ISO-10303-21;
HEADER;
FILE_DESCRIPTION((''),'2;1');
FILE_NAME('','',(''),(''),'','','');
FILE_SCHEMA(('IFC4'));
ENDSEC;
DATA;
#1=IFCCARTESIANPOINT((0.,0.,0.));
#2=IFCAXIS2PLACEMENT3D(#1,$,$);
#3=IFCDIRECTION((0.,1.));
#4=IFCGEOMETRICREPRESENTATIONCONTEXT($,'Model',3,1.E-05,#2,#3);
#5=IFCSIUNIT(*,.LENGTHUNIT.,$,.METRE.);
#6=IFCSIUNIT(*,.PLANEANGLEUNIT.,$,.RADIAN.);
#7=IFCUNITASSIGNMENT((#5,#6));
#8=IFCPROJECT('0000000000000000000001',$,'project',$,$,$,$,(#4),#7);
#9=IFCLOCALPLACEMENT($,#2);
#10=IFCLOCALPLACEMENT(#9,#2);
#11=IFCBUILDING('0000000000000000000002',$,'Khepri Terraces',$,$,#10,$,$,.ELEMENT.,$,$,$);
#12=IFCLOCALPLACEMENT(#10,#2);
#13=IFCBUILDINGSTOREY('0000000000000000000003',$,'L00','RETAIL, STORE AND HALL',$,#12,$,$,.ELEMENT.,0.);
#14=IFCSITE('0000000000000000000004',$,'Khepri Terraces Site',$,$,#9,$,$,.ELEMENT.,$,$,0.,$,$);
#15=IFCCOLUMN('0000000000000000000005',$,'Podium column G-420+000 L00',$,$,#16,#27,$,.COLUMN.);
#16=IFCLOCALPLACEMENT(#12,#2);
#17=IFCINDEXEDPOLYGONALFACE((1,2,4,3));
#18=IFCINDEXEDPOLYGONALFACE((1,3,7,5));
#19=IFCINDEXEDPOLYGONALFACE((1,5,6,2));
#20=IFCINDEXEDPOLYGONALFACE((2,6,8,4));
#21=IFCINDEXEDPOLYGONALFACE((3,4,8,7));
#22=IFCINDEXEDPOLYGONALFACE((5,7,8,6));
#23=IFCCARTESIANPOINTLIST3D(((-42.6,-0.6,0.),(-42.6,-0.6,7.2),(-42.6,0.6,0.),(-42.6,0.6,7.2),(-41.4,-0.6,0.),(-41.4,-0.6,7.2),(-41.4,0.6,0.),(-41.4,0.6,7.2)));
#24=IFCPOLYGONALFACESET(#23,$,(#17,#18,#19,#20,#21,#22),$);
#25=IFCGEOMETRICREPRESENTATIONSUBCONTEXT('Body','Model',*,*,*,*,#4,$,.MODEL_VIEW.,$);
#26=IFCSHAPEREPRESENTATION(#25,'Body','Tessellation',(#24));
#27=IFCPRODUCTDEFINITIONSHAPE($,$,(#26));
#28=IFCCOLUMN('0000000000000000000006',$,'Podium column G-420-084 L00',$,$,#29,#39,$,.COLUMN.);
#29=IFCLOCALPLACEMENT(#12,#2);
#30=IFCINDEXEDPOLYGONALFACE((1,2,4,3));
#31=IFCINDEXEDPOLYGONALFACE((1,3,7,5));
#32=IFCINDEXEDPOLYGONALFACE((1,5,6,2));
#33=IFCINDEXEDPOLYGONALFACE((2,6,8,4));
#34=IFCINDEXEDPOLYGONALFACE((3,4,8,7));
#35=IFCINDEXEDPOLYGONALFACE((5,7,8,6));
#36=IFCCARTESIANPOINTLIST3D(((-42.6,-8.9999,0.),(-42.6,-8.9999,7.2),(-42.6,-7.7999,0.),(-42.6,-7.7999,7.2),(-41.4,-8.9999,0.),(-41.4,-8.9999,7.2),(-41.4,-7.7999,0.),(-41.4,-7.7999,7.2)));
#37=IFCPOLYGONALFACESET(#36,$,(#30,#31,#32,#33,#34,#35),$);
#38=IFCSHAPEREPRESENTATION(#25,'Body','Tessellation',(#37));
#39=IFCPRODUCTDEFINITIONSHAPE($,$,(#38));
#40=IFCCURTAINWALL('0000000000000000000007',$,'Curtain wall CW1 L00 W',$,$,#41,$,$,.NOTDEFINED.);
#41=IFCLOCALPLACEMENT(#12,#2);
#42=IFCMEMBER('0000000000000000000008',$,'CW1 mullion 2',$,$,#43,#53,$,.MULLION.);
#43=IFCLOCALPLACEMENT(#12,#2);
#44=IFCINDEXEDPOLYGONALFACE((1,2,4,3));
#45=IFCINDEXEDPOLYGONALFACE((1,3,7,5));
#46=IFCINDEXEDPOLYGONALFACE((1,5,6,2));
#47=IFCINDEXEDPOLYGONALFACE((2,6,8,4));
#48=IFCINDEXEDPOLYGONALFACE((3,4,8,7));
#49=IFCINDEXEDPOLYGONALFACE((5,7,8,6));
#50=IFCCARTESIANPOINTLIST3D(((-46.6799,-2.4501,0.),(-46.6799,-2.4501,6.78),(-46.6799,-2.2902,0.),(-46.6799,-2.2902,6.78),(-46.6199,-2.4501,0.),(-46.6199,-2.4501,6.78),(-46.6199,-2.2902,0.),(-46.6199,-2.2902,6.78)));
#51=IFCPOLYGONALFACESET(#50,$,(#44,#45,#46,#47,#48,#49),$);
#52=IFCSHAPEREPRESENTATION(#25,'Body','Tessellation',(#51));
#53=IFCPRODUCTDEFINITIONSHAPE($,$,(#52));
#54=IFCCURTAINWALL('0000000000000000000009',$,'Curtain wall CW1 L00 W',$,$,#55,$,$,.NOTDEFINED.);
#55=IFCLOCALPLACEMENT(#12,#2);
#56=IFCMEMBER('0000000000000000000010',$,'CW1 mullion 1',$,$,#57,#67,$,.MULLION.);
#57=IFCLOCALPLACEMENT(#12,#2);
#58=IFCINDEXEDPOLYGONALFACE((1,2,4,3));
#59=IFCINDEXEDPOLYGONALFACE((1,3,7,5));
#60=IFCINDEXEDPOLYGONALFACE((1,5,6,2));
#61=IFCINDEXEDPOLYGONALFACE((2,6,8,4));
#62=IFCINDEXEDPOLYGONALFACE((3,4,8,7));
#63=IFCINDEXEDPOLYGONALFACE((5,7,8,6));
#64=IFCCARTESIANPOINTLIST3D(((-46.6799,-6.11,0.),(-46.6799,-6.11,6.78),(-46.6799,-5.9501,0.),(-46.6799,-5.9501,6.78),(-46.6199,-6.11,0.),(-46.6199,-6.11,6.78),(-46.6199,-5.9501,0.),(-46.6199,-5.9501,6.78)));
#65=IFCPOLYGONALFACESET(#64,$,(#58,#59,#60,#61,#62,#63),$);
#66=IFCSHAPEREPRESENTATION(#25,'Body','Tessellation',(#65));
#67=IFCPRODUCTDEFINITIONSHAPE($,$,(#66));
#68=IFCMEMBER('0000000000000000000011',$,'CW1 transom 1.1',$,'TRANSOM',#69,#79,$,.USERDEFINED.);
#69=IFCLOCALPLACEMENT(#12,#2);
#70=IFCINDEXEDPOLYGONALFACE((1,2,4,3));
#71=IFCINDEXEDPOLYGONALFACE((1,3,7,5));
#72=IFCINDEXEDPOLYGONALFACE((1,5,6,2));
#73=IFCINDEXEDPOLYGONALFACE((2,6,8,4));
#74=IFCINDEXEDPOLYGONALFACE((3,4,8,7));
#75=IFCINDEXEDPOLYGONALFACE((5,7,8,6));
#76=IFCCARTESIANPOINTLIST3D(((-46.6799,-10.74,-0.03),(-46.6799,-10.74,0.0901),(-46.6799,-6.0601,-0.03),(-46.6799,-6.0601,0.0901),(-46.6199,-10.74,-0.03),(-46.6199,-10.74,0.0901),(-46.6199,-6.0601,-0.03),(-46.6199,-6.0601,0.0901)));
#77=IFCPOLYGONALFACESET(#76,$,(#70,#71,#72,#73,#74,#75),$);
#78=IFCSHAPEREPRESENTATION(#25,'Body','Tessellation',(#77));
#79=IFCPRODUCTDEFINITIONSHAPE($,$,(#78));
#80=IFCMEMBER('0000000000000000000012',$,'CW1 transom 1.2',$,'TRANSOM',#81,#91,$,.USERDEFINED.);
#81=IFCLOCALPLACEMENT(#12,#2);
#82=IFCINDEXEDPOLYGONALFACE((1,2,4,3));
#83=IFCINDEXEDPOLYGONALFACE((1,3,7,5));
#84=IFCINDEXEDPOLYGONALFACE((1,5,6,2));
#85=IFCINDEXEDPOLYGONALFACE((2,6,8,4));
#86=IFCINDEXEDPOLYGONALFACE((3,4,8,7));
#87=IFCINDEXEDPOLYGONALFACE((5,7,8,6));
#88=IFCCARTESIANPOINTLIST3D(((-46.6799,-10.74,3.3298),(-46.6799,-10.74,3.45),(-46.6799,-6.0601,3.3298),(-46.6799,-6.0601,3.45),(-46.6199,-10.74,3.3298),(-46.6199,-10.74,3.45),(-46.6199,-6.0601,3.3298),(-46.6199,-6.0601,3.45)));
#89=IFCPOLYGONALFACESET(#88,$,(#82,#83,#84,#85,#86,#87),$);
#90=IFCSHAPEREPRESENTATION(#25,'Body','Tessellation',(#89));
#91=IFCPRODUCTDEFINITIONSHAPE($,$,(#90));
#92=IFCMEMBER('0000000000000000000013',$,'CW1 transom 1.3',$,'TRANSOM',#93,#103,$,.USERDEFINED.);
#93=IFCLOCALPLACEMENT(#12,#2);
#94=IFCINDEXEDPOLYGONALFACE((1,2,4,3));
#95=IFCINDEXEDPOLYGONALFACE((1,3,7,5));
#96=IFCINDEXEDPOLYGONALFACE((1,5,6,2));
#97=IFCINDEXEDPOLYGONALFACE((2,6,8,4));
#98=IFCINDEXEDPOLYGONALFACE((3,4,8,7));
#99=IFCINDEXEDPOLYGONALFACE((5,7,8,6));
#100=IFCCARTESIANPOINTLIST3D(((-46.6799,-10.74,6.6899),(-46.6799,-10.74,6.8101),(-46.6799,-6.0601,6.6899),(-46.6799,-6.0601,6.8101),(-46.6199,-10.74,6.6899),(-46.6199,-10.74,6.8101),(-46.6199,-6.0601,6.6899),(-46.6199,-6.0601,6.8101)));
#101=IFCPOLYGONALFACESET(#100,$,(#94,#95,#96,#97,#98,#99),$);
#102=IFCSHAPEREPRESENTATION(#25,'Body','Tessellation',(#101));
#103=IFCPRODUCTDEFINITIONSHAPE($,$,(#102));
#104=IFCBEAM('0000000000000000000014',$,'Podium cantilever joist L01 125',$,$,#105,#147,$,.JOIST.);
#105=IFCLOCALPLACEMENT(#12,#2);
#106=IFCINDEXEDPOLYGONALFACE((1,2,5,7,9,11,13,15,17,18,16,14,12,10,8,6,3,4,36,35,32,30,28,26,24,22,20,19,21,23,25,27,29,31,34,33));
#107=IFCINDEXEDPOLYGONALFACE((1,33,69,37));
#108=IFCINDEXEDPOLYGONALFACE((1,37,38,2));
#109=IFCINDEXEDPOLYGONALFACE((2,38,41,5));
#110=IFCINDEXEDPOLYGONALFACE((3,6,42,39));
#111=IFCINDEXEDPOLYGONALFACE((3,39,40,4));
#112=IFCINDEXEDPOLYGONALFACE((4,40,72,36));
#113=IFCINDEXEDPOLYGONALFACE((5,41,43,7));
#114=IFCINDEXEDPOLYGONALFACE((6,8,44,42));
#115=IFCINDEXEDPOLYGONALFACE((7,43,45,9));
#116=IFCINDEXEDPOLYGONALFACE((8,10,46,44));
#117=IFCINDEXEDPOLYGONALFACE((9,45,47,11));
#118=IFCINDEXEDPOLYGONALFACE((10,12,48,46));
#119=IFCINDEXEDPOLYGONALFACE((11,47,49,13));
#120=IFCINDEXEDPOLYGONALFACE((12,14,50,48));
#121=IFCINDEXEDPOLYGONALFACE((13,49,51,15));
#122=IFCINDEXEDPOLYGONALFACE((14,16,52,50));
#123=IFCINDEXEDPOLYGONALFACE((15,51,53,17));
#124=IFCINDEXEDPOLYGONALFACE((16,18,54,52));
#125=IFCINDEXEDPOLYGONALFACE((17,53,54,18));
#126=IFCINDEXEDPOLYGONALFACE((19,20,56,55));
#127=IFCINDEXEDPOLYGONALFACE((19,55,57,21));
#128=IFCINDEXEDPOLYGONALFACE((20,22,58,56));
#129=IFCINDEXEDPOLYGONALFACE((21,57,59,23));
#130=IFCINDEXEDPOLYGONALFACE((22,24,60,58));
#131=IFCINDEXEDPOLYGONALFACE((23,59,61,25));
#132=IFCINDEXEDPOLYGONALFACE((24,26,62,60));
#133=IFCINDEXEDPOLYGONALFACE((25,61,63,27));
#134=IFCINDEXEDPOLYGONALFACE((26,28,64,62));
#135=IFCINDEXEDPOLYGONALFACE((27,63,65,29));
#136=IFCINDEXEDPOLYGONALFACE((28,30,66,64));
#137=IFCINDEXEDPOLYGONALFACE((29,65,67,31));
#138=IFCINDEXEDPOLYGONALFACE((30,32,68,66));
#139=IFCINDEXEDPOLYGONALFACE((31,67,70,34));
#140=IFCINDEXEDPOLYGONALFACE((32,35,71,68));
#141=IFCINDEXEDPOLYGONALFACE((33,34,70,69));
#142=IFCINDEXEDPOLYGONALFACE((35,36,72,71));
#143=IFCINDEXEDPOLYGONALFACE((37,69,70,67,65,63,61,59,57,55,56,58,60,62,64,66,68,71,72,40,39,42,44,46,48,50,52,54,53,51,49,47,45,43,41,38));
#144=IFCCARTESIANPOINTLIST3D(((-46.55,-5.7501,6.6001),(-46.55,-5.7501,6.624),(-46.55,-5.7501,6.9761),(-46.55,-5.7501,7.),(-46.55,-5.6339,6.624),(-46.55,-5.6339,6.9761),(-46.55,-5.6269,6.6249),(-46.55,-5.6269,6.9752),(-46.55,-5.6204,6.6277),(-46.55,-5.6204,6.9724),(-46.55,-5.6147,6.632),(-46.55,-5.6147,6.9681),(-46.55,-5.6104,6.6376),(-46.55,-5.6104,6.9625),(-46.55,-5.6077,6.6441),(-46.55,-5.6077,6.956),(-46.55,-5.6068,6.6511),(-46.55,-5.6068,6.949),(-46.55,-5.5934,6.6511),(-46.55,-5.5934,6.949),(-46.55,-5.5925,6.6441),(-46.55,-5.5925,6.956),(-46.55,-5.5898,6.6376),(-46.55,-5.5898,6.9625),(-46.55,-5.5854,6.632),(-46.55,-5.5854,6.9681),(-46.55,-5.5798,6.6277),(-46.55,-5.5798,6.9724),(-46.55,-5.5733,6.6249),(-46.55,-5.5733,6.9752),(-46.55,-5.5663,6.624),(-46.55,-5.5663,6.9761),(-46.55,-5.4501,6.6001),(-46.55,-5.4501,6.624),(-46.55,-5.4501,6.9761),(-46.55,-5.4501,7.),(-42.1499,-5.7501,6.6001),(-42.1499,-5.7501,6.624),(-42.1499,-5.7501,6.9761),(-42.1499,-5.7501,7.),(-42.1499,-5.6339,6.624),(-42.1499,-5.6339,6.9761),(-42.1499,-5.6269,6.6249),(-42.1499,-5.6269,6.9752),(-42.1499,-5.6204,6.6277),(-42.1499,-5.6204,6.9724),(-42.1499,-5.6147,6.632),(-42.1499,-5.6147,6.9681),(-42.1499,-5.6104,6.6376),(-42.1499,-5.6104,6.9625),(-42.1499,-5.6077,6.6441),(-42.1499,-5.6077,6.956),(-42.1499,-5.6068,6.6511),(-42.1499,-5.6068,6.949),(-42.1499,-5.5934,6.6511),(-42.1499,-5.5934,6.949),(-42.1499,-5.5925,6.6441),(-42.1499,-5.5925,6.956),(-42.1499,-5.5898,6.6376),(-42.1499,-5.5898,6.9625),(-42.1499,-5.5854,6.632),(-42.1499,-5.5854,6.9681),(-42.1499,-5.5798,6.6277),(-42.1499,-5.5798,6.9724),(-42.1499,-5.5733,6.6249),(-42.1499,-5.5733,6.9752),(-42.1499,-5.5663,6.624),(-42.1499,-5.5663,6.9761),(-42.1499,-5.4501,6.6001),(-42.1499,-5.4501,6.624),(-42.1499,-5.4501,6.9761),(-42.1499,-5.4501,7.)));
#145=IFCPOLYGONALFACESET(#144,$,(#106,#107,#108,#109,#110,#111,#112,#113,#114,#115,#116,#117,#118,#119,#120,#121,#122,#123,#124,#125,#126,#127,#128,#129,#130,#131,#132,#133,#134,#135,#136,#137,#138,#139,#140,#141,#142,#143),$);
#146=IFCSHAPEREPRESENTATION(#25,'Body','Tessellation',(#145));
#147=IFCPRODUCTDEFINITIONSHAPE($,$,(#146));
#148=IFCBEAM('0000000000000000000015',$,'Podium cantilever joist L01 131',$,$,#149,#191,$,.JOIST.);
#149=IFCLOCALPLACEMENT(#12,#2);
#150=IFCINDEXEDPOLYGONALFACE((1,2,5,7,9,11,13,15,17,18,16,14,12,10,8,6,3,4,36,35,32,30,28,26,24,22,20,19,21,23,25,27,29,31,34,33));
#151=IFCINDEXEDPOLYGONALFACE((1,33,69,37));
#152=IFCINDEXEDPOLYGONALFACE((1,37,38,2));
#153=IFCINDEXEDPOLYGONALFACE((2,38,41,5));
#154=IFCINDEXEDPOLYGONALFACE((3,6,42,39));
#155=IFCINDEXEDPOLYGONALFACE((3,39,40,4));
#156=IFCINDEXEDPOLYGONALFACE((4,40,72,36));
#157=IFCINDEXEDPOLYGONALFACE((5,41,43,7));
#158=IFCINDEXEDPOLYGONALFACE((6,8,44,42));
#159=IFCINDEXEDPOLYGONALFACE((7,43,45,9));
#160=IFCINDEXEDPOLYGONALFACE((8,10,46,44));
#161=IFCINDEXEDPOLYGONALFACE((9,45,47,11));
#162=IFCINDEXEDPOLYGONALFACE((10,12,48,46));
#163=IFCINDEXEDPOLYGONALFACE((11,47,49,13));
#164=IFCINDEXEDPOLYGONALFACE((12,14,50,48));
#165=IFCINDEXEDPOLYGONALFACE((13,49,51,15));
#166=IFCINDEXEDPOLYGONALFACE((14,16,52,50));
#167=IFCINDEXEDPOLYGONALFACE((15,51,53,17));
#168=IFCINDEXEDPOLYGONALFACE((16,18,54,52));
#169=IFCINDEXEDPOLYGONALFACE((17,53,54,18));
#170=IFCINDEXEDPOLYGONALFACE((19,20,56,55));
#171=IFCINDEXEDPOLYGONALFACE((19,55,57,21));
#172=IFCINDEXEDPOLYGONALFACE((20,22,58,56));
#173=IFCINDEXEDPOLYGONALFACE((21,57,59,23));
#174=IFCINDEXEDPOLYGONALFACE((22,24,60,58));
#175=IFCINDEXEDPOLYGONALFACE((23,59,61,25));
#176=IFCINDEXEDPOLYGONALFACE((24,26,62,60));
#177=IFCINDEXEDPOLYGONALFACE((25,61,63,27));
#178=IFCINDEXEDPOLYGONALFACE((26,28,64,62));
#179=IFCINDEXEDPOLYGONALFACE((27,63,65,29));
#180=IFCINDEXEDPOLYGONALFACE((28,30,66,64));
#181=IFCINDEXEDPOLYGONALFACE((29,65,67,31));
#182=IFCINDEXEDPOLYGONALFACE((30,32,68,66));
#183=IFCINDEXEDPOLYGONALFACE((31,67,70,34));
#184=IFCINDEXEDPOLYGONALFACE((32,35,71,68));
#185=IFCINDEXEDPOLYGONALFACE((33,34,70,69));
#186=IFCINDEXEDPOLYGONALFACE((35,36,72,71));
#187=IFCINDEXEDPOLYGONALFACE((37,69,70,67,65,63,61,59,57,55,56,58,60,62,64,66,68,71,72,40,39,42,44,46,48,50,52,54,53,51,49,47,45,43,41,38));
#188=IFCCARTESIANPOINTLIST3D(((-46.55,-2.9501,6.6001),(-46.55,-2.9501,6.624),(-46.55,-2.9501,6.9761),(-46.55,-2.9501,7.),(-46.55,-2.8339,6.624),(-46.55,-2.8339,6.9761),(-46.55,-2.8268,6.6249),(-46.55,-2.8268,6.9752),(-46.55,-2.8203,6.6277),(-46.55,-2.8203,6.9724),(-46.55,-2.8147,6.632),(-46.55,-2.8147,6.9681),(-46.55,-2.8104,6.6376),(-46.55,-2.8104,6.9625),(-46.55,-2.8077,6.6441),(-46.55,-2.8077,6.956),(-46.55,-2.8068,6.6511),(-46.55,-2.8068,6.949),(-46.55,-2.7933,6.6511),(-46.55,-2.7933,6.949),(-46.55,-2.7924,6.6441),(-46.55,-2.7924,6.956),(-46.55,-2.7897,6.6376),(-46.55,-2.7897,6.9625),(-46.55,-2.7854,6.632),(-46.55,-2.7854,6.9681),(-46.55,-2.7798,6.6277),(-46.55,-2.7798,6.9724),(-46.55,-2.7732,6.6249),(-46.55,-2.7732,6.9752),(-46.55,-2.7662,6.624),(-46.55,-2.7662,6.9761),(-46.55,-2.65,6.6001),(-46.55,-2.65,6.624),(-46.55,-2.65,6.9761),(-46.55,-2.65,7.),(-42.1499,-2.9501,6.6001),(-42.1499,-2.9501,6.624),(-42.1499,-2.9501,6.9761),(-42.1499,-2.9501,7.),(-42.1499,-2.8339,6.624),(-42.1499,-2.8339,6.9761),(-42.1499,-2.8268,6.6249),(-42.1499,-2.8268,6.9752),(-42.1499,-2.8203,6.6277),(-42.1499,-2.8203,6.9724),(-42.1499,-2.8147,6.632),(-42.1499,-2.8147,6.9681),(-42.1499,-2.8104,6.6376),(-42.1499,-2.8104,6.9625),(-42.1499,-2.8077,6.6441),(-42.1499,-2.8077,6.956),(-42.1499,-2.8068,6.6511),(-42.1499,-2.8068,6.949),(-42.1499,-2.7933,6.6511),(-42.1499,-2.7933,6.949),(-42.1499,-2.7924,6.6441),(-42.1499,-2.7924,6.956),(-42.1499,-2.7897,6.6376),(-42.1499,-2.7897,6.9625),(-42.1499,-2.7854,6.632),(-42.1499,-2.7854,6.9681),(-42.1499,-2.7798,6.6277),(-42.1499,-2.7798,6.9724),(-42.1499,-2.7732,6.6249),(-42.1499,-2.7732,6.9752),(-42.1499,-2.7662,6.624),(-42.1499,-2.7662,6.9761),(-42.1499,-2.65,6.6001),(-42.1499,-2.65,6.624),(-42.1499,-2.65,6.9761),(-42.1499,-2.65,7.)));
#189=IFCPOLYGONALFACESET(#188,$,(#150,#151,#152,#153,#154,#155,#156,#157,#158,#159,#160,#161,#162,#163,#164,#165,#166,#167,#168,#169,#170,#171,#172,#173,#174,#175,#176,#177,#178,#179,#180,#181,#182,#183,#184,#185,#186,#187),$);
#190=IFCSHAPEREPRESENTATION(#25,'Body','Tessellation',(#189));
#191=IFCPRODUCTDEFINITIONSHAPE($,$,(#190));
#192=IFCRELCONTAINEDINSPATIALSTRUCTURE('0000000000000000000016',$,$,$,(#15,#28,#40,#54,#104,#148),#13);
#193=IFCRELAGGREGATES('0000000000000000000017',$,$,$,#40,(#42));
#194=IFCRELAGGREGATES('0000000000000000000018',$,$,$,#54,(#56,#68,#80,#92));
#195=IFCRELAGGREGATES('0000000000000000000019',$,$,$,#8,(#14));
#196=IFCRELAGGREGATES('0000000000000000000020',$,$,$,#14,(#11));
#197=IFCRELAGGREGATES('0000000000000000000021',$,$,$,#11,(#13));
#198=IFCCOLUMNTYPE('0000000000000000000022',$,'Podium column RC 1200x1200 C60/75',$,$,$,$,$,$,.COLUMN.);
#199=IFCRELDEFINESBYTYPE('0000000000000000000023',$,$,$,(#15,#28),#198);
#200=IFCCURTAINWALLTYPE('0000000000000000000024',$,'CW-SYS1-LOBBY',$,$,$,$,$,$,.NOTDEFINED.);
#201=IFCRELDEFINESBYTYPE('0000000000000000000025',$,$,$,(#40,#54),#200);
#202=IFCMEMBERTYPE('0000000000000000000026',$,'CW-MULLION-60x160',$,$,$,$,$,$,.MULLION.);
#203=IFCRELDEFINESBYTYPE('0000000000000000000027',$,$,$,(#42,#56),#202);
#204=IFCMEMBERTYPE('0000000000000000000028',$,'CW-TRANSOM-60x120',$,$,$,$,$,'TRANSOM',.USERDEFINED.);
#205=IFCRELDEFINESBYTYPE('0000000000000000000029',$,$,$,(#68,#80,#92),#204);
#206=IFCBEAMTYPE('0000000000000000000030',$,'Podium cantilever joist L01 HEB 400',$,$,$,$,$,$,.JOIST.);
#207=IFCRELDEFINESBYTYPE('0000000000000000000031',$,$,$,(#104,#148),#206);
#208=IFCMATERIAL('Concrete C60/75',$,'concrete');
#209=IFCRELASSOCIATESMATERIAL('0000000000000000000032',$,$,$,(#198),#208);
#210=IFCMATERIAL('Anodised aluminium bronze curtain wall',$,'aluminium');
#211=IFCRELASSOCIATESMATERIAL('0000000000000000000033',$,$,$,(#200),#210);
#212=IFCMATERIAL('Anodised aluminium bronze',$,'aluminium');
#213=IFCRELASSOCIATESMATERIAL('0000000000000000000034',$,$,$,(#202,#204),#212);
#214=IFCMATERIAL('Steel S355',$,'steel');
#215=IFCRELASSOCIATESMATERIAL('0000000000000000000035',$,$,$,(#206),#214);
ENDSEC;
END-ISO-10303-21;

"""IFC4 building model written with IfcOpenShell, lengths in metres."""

from ifc_helpers import new_model, si_unit, direction, frame, origin, origin_2d, place, context, subcontext, project, spatial, rectangle, i_section, extrude, material, material_profile, profile_set, type_object, element, aggregate, save


model = new_model("IFC4")

# Units and contexts
model_context = context("Model", 3, precision=1e-05, world=origin(), true_north=direction((0.0, 1.0)))
body_context = subcontext(model_context, "Body", "Model", "MODEL_VIEW")
ifc_project = project(units=[si_unit("LENGTHUNIT", "METRE"), si_unit("PLANEANGLEUNIT", "RADIAN")], contexts=[model_context])

# Site, building, storey
site_placement = place(None, origin())
site = spatial("IfcSite", under=ifc_project, at=site_placement, Name="Khepri Terraces Site", CompositionType="ELEMENT", RefElevation=0.0)
building_placement = place(site_placement, origin())
building = spatial("IfcBuilding", under=site, at=building_placement, Name="Khepri Terraces", CompositionType="ELEMENT")
storey_placement = place(building_placement, origin())
storey = spatial("IfcBuildingStorey", under=building, at=storey_placement, Name="L00", Description="RETAIL, STORE AND HALL", CompositionType="ELEMENT", Elevation=0.0)

# Columns
ifc_material_1 = material(Name="Concrete C60/75", Category="concrete")
ifc_material_profile_1 = material_profile(ifc_material_1, rectangle(XDim=1.2, YDim=1.2, at=origin_2d()), Name="Concrete C60/75", Category="concrete")
ifc_profile_set_1 = profile_set([ifc_material_profile_1], Name="Concrete C60/75")
column_type = type_object("IfcColumnType", Name="Podium column RC 1200x1200 C60/75", PredefinedType="COLUMN", material=ifc_profile_set_1)
for number, where, z_axis, x_axis, name in (
    (1, (-42.0, 0.0, 0.0), (0.0, 0.0, 1.0), (1.0, 0.0, 0.0), "Podium column G-420+000 L00"),
    (2, (-42.0, -8.3999, 0.0), (0.0, 0.0, 1.0), (1.0, 0.0, 0.0), "Podium column G-420-084 L00"),
):
    element("IfcColumn", number, at=place(storey_placement, frame(where, z_axis=z_axis, x_axis=x_axis)), inside=storey, type_object=column_type, Name=name, PredefinedType="COLUMN", context=body_context, shape_type="SweptSolid", body=[
        extrude(rectangle(XDim=1.2, YDim=1.2, at=origin_2d()), origin(), (0.0, 0.0, 1.0), 7.2),
    ])

# Curtain wall, member
ifc_material_2 = material(Name="Anodised aluminium bronze curtain wall", Category="aluminium")
curtain_wall_type = type_object("IfcCurtainWallType", Name="CW-SYS1-LOBBY", PredefinedType="NOTDEFINED", material=ifc_material_2)
curtain_wall_1_placement = place(storey_placement, origin())
curtain_wall_1 = element("IfcCurtainWall", 3, at=curtain_wall_1_placement, inside=storey, type_object=curtain_wall_type, Name="Curtain wall CW1 L00 W", PredefinedType="NOTDEFINED")
ifc_material_3 = material(Name="Anodised aluminium bronze", Category="aluminium")
ifc_material_profile_2 = material_profile(ifc_material_3, rectangle(XDim=0.0601, YDim=0.1599, at=origin_2d()), Name="Anodised aluminium bronze", Category="aluminium")
ifc_profile_set_2 = profile_set([ifc_material_profile_2], Name="Anodised aluminium bronze")
member_type_1 = type_object("IfcMemberType", Name="CW-MULLION-60x160", PredefinedType="MULLION", material=ifc_profile_set_2)
member_1_placement = place(storey_placement, frame((-46.6499, -2.3701, 0.0), z_axis=(0.0, 0.0, 1.0), x_axis=(1.0, 0.0, 0.0)))
member_1 = element("IfcMember", 4, at=member_1_placement, type_object=member_type_1, Name="CW1 mullion 2", PredefinedType="MULLION", context=body_context, shape_type="SweptSolid", body=[
    extrude(rectangle(XDim=0.0601, YDim=0.1599, at=origin_2d()), origin(), (0.0, 0.0, 1.0), 6.78),
])

# Curtain wall, members
curtain_wall_2_placement = place(storey_placement, origin())
curtain_wall_2 = element("IfcCurtainWall", 5, at=curtain_wall_2_placement, inside=storey, type_object=curtain_wall_type, Name="Curtain wall CW1 L00 W", PredefinedType="NOTDEFINED")
member_2_placement = place(storey_placement, frame((-46.6499, -6.03, 0.0), z_axis=(0.0, 0.0, 1.0), x_axis=(1.0, 0.0, 0.0)))
member_2 = element("IfcMember", 6, at=member_2_placement, type_object=member_type_1, Name="CW1 mullion 1", PredefinedType="MULLION", context=body_context, shape_type="SweptSolid", body=[
    extrude(rectangle(XDim=0.0601, YDim=0.1599, at=origin_2d()), origin(), (0.0, 0.0, 1.0), 6.78),
])
ifc_material_profile_3 = material_profile(ifc_material_3, rectangle(XDim=0.0601, YDim=0.1201, at=origin_2d()), Name="Anodised aluminium bronze", Category="aluminium")
ifc_profile_set_3 = profile_set([ifc_material_profile_3], Name="Anodised aluminium bronze")
member_type_2 = type_object("IfcMemberType", Name="CW-TRANSOM-60x120", ElementType="TRANSOM", PredefinedType="USERDEFINED", material=ifc_profile_set_3)
member_3_placement = place(storey_placement, frame((-46.6499, -6.0601, 0.03), z_axis=(0.0, -1.0, 0.0), x_axis=(1.0, 0.0, 0.0)))
member_3 = element("IfcMember", 7, at=member_3_placement, type_object=member_type_2, Name="CW1 transom 1.1", ObjectType="TRANSOM", PredefinedType="USERDEFINED", context=body_context, shape_type="SweptSolid", body=[
    extrude(rectangle(XDim=0.0601, YDim=0.1201, at=origin_2d()), origin(), (0.0, 0.0, 1.0), 4.6799),
])
member_4_placement = place(storey_placement, frame((-46.6499, -6.0601, 3.3899), z_axis=(0.0, -1.0, 0.0), x_axis=(1.0, 0.0, 0.0)))
member_4 = element("IfcMember", 8, at=member_4_placement, type_object=member_type_2, Name="CW1 transom 1.2", ObjectType="TRANSOM", PredefinedType="USERDEFINED", context=body_context, shape_type="SweptSolid", body=[
    extrude(rectangle(XDim=0.0601, YDim=0.1201, at=origin_2d()), origin(), (0.0, 0.0, 1.0), 4.6799),
])
member_5_placement = place(storey_placement, frame((-46.6499, -6.0601, 6.75), z_axis=(0.0, -1.0, 0.0), x_axis=(1.0, 0.0, 0.0)))
member_5 = element("IfcMember", 9, at=member_5_placement, type_object=member_type_2, Name="CW1 transom 1.3", ObjectType="TRANSOM", PredefinedType="USERDEFINED", context=body_context, shape_type="SweptSolid", body=[
    extrude(rectangle(XDim=0.0601, YDim=0.1201, at=origin_2d()), origin(), (0.0, 0.0, 1.0), 4.6799),
])

# Beams
ifc_material_4 = material(Name="Steel S355", Category="steel")
ifc_material_profile_4 = material_profile(ifc_material_4, i_section(OverallWidth=0.3, OverallDepth=0.3999, WebThickness=0.0134, FlangeThickness=0.0239, FilletRadius=0.0271, at=origin_2d()), Name="Steel S355", Category="steel")
ifc_profile_set_4 = profile_set([ifc_material_profile_4], Name="Steel S355")
beam_type_1 = type_object("IfcBeamType", Name="Podium cantilever joist L01 HEB 400", PredefinedType="JOIST", material=ifc_profile_set_4)
for number, where, z_axis, x_axis, name in (
    (10, (-46.55, -5.6001, 6.8), (1.0, 0.0, 0.0), (0.0, 1.0, 0.0), "Podium cantilever joist L01 125"),
    (11, (-46.55, -2.8, 6.8), (1.0, 0.0, 0.0), (0.0, 1.0, 0.0), "Podium cantilever joist L01 131"),
):
    element("IfcBeam", number, at=place(storey_placement, frame(where, z_axis=z_axis, x_axis=x_axis)), inside=storey, type_object=beam_type_1, Name=name, PredefinedType="JOIST", context=body_context, shape_type="SweptSolid", body=[
        extrude(i_section(OverallWidth=0.3, OverallDepth=0.3999, WebThickness=0.0134, FlangeThickness=0.0239, FilletRadius=0.0271, at=origin_2d()), origin(), (0.0, 0.0, 1.0), 4.4001),
    ])

aggregate(curtain_wall_1, [member_1])
aggregate(curtain_wall_2, [member_2, member_3, member_4, member_5])

save(model, "model.ifc")
